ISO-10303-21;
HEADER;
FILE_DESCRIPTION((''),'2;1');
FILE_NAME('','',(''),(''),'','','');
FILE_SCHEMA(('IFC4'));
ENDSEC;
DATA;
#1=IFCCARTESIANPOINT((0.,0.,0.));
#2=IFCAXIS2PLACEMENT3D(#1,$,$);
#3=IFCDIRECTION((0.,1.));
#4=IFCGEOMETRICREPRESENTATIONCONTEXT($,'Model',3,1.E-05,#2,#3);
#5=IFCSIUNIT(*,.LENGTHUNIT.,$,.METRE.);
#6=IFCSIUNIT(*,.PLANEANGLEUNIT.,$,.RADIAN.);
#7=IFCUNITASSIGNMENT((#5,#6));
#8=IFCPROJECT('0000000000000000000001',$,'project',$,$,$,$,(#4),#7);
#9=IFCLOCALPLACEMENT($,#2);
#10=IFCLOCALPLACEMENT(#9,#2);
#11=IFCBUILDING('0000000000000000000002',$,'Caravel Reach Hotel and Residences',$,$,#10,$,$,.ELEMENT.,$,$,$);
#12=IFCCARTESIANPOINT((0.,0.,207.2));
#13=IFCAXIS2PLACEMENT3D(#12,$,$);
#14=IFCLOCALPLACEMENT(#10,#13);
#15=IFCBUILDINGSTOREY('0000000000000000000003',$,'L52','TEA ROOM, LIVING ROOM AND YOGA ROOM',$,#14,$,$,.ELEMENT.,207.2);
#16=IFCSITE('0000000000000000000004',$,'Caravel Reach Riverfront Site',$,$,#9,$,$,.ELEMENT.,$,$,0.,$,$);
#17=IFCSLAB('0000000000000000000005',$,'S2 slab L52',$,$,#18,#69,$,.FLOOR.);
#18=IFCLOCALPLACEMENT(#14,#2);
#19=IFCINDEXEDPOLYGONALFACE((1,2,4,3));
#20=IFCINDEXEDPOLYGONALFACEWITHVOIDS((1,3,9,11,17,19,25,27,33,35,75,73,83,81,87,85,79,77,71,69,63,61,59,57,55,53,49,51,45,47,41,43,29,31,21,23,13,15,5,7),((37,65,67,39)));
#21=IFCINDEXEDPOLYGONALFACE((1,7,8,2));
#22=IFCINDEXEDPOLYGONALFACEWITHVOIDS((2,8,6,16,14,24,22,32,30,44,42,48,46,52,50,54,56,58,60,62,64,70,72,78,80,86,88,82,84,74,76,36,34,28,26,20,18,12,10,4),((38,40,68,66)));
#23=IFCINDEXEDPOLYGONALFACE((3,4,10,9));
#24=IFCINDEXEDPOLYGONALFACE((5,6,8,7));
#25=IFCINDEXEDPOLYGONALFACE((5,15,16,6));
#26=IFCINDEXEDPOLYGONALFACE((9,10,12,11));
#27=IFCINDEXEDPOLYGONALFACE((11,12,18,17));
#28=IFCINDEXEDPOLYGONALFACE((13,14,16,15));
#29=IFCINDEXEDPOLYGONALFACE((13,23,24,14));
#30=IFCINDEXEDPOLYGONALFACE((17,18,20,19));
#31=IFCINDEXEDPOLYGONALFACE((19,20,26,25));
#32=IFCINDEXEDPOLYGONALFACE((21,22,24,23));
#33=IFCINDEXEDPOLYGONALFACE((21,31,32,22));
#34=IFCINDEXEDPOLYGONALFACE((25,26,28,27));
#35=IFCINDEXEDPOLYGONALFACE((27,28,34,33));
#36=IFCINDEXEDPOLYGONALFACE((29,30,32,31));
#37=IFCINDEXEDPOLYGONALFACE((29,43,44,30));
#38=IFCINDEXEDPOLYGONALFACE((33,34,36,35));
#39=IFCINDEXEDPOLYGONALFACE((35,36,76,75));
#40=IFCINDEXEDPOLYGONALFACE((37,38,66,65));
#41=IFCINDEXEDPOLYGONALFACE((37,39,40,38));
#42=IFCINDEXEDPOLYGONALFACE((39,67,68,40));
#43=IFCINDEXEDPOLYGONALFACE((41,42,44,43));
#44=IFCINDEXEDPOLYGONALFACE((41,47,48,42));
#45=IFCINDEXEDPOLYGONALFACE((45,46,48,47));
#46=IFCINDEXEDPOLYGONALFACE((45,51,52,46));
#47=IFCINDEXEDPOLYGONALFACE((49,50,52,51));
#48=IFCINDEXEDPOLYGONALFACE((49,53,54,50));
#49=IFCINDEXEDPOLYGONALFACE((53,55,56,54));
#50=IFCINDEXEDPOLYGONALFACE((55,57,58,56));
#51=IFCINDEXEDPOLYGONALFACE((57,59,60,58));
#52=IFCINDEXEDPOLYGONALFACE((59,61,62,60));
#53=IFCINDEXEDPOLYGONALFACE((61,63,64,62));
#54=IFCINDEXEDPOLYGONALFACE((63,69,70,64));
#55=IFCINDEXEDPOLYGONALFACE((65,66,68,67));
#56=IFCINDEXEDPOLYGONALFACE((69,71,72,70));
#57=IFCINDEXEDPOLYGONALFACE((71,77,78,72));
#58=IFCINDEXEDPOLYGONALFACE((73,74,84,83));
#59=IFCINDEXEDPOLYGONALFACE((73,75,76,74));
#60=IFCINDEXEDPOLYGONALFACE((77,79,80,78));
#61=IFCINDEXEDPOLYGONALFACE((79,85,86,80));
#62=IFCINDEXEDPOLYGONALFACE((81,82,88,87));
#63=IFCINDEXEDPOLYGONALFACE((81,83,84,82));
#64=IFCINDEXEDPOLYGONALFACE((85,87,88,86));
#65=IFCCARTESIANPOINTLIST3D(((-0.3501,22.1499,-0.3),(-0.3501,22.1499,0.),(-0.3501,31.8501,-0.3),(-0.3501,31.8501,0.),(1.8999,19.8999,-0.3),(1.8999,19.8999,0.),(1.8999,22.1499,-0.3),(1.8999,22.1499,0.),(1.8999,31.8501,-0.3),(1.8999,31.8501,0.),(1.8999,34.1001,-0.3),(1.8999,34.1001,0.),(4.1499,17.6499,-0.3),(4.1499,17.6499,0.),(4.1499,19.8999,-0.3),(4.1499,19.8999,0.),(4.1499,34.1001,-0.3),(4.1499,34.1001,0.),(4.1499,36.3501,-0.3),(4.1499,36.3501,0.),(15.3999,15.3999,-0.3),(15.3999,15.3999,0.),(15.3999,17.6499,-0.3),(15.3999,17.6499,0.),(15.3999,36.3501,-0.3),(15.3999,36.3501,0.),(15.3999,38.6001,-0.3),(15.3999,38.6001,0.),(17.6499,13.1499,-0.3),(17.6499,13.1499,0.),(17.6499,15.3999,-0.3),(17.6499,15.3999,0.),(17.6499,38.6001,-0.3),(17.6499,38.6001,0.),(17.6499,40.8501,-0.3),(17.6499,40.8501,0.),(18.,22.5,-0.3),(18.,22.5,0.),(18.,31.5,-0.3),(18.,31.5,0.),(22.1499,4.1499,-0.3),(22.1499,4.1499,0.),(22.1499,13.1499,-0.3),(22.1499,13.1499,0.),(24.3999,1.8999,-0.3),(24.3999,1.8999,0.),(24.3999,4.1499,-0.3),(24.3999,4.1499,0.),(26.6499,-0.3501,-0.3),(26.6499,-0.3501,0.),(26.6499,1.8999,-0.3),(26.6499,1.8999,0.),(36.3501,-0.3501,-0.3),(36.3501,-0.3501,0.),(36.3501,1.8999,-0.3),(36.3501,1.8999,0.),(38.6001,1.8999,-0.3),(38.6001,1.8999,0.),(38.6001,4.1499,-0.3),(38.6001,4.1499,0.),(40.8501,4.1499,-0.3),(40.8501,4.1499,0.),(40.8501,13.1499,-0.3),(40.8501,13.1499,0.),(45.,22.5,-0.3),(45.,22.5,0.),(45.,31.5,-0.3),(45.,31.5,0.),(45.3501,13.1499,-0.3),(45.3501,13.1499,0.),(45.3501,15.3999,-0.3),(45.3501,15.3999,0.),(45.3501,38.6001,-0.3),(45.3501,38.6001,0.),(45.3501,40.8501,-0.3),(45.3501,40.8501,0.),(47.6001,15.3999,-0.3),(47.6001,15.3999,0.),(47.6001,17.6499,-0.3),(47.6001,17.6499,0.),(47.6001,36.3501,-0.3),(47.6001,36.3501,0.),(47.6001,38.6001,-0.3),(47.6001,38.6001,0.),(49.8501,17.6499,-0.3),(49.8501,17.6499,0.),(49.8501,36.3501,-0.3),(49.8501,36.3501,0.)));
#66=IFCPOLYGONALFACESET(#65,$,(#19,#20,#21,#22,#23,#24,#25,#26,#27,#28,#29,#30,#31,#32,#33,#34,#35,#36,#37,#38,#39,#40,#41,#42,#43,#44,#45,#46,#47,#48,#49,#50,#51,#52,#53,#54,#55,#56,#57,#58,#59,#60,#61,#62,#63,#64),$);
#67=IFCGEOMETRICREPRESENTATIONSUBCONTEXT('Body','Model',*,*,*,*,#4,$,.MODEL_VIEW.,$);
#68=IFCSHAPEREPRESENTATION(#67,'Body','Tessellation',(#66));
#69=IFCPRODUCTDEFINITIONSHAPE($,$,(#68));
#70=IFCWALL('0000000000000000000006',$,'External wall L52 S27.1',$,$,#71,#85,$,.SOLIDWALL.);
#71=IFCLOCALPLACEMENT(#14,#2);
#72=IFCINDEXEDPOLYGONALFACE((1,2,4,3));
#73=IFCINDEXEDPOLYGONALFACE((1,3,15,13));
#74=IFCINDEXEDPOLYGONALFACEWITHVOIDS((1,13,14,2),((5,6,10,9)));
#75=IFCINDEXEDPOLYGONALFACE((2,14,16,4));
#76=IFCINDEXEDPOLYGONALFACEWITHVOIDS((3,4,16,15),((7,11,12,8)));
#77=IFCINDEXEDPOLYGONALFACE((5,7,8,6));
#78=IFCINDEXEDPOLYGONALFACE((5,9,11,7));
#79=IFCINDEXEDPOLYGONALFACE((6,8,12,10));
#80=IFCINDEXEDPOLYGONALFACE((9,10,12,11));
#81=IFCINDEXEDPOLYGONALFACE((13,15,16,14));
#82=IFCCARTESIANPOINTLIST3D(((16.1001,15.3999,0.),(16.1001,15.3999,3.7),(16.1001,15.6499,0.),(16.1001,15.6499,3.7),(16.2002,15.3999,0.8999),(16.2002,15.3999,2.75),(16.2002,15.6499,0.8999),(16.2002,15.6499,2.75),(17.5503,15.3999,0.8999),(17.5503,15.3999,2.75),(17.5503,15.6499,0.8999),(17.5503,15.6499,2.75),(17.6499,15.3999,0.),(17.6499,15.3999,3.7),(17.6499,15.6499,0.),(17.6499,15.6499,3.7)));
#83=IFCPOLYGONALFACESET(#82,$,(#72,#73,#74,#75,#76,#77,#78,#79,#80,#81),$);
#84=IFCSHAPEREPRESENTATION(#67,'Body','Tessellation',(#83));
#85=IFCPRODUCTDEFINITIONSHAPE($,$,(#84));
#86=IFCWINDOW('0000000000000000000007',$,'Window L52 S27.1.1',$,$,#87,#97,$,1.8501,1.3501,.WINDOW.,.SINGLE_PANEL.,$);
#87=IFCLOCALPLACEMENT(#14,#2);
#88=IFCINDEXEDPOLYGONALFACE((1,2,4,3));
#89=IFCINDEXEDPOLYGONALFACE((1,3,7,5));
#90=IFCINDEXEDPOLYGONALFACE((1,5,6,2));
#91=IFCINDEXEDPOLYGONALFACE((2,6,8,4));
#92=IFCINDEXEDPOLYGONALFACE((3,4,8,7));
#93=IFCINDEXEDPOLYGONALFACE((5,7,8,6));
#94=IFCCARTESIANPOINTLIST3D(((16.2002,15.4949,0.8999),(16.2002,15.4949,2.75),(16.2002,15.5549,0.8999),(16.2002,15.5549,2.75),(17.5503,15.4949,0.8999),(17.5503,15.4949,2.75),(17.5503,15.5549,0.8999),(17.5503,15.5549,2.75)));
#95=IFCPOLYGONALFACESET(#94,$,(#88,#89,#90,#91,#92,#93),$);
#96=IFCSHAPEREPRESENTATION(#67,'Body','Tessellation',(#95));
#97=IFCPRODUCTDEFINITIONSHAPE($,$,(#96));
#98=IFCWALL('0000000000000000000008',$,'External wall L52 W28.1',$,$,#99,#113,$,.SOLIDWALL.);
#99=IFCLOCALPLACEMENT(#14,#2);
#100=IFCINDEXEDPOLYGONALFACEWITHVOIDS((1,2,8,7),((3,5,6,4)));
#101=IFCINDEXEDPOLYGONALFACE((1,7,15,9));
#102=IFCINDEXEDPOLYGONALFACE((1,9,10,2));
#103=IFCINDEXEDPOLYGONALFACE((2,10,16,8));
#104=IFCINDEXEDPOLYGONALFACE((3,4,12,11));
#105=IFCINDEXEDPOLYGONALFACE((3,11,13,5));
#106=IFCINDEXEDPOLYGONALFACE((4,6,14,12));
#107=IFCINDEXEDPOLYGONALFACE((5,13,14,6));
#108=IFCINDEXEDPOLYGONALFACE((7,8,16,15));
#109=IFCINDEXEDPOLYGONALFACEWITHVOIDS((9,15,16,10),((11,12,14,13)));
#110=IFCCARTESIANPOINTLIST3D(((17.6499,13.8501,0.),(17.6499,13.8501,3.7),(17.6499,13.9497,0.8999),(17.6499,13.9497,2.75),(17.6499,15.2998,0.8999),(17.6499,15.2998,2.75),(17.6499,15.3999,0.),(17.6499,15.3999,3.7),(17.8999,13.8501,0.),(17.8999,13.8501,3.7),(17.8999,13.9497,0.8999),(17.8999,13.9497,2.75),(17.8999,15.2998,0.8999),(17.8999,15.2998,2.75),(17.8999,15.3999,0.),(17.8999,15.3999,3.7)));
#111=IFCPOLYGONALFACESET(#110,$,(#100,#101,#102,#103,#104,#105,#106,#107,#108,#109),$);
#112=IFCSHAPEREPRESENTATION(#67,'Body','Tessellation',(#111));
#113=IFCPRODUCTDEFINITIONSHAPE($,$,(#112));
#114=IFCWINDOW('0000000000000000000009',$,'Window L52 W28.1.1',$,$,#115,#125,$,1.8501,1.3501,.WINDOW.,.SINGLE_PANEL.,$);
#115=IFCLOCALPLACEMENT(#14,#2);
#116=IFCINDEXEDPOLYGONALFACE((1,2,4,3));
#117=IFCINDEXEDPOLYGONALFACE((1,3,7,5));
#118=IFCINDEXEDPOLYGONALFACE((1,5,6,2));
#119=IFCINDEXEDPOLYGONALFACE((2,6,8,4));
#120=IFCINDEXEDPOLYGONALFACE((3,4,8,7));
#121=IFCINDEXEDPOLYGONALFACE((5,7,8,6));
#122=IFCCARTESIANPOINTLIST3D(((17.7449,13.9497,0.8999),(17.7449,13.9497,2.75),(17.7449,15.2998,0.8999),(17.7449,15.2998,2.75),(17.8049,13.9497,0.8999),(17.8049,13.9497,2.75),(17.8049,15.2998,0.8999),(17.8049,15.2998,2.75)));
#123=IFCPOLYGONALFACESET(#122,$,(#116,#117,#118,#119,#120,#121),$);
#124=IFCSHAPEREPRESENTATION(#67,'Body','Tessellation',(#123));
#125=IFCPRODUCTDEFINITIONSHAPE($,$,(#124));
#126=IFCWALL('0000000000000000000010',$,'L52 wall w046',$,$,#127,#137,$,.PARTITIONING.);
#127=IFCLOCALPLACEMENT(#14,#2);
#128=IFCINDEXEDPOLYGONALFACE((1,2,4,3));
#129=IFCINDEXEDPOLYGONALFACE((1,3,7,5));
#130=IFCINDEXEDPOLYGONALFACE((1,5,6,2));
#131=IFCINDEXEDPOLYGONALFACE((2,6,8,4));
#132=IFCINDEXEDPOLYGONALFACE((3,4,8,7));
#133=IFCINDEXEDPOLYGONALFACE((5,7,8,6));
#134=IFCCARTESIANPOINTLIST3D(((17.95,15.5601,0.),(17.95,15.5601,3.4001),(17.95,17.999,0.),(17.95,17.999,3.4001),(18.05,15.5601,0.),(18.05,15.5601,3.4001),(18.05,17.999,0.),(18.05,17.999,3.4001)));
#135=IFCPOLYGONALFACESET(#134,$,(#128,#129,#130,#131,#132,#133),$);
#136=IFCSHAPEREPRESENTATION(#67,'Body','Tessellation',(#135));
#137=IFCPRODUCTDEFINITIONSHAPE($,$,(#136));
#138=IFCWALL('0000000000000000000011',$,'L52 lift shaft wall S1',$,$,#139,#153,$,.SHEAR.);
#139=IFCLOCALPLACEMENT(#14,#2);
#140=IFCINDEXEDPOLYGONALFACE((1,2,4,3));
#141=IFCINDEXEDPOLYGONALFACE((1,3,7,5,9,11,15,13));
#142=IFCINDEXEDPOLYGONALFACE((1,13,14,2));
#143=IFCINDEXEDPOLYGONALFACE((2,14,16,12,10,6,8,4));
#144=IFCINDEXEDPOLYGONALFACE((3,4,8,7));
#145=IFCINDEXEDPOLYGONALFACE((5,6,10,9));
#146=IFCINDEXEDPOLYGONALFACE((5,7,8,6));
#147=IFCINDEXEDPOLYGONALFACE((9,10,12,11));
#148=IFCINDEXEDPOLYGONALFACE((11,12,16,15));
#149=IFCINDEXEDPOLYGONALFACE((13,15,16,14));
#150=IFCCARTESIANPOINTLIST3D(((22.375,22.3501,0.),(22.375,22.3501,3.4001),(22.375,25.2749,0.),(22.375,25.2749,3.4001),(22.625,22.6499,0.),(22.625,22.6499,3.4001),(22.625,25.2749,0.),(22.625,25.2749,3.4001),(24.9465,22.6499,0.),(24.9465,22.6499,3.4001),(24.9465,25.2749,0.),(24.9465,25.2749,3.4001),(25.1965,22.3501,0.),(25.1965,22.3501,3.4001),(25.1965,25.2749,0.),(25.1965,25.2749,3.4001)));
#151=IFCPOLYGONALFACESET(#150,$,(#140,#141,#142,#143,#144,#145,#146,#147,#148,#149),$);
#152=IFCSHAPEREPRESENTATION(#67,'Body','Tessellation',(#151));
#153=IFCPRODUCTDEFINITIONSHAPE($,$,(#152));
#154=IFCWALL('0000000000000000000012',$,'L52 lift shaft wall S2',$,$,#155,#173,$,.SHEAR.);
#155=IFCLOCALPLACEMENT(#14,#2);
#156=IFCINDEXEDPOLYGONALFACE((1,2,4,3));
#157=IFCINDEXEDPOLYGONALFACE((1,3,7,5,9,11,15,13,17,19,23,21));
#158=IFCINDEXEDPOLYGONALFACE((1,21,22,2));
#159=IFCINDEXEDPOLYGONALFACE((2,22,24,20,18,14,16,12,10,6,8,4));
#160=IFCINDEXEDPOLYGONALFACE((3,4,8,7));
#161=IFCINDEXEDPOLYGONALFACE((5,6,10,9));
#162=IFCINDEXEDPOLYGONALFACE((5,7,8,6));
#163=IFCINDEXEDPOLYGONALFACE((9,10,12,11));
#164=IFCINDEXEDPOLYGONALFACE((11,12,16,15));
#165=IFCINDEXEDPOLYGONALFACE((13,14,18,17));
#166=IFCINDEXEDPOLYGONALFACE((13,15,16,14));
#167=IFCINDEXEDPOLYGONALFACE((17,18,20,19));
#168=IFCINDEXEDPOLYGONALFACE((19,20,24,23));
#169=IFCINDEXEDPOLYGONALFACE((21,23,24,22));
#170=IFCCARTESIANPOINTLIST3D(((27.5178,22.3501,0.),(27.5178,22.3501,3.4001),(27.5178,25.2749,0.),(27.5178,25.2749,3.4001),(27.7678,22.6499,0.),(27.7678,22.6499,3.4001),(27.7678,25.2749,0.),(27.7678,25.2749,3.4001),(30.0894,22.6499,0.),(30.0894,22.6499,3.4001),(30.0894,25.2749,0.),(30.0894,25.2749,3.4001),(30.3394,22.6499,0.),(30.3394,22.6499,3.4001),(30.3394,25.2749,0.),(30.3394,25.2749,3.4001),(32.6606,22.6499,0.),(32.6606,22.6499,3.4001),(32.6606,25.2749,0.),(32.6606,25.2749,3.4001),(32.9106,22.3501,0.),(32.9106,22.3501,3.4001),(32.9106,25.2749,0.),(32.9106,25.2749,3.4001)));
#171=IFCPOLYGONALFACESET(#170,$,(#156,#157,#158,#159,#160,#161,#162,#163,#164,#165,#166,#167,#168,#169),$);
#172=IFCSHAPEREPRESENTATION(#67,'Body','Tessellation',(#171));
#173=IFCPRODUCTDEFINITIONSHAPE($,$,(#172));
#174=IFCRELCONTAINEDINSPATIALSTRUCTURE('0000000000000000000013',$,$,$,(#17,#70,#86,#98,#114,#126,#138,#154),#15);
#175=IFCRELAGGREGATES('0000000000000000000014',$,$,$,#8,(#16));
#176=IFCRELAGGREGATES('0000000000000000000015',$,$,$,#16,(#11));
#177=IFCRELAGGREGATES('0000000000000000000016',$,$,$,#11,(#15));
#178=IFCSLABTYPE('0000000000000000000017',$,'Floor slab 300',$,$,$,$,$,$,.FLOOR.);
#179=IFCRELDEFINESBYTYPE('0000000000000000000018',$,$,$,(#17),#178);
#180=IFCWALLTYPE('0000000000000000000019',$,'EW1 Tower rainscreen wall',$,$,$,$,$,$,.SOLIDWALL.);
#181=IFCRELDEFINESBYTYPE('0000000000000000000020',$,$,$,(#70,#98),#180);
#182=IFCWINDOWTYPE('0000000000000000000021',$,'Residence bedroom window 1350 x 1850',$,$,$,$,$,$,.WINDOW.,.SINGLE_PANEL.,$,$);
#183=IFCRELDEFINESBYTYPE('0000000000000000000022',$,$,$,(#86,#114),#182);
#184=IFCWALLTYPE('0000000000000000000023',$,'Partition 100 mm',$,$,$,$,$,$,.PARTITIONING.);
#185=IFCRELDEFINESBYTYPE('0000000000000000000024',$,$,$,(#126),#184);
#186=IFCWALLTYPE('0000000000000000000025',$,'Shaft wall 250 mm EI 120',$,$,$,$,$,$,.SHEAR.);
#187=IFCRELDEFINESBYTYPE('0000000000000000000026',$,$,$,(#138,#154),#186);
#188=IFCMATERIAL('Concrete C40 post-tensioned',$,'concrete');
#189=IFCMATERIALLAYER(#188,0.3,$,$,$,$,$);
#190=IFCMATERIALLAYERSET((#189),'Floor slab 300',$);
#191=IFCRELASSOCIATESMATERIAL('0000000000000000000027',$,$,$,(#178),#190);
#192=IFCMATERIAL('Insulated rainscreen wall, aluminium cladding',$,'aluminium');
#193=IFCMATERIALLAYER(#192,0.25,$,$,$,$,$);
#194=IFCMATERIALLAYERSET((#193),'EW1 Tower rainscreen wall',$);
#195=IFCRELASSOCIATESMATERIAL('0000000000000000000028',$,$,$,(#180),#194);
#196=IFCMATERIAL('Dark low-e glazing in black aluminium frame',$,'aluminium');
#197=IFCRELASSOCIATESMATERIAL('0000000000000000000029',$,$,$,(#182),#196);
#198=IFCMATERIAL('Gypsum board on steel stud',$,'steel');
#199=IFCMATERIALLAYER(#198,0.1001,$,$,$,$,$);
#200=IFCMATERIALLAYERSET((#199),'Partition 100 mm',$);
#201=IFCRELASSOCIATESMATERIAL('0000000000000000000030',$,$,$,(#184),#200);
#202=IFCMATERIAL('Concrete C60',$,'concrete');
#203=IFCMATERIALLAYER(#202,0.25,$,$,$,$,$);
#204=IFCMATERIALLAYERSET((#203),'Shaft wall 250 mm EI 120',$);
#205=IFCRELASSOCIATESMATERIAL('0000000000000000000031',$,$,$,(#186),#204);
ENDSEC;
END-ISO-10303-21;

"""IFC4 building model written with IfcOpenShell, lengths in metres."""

from ifc_helpers import new_model, si_unit, direction, frame, frame_2d, origin, place, context, subcontext, project, spatial, polyline, rectangle, outline, extrude, material, layer, layer_set, type_object, element, fill, save


model = new_model("IFC4")

# Units and contexts
model_context = context("Model", 3, precision=1e-05, world=origin(), true_north=direction((0.0, 1.0)))
body_context = subcontext(model_context, "Body", "Model", "MODEL_VIEW")
ifc_project = project(units=[si_unit("LENGTHUNIT", "METRE"), si_unit("PLANEANGLEUNIT", "RADIAN")], contexts=[model_context])

# Site, building, storey
site_placement = place(None, origin())
site = spatial("IfcSite", under=ifc_project, at=site_placement, Name="Caravel Reach Riverfront Site", CompositionType="ELEMENT", RefElevation=0.0)
building_placement = place(site_placement, origin())
building = spatial("IfcBuilding", under=site, at=building_placement, Name="Caravel Reach Hotel and Residences", CompositionType="ELEMENT")
storey_placement = place(building_placement, frame((0.0, 0.0, 207.2)))
storey = spatial("IfcBuildingStorey", under=building, at=storey_placement, Name="L52", Description="TEA ROOM, LIVING ROOM AND YOGA ROOM", CompositionType="ELEMENT", Elevation=207.2)

# Slab
ifc_material_1 = material(Name="Concrete C40 post-tensioned", Category="concrete")
ifc_layer_1 = layer(ifc_material_1, 0.3)
ifc_layer_set_1 = layer_set([ifc_layer_1], Name="Floor slab 300")
slab_type_1 = type_object("IfcSlabType", Name="Floor slab 300", PredefinedType="FLOOR", material=ifc_layer_set_1)
slab_1_placement = place(storey_placement, frame((0.0, 0.0, -0.3)))
element("IfcSlab", 1, at=slab_1_placement, inside=storey, type_object=slab_type_1, Name="S2 slab L52", PredefinedType="FLOOR", context=body_context, shape_type="SweptSolid", body=[
    extrude(outline(polyline([(38.6001, 4.1499), (38.6001, 1.8999), (36.3501, 1.8999), (36.3501, -0.3501), (26.6499, -0.3501), (26.6499, 1.8999), (24.3999, 1.8999), (24.3999, 4.1499), (22.1499, 4.1499), (22.1499, 13.1499), (17.6499, 13.1499), (17.6499, 15.3999), (15.3999, 15.3999), (15.3999, 17.6499), (4.1499, 17.6499), (4.1499, 19.8999), (1.8999, 19.8999), (1.8999, 22.1499), (-0.3501, 22.1499), (-0.3501, 31.8501), (1.8999, 31.8501), (1.8999, 34.1001), (4.1499, 34.1001), (4.1499, 36.3501), (15.3999, 36.3501), (15.3999, 38.6001), (17.6499, 38.6001), (17.6499, 40.8501), (45.3501, 40.8501), (45.3501, 38.6001), (47.6001, 38.6001), (47.6001, 36.3501), (49.8501, 36.3501), (49.8501, 17.6499), (47.6001, 17.6499), (47.6001, 15.3999), (45.3501, 15.3999), (45.3501, 13.1499), (40.8501, 13.1499), (40.8501, 4.1499), (38.6001, 4.1499)]), holes=[polyline([(45.0, 31.5), (18.0, 31.5), (18.0, 22.5), (45.0, 22.5), (45.0, 31.5)])]), origin(), (0.0, 0.0, 1.0), 0.3),
])

# Walls, openings, windows
ifc_material_2 = material(Name="Insulated rainscreen wall, aluminium cladding", Category="aluminium")
ifc_layer_2 = layer(ifc_material_2, 0.25)
ifc_layer_set_2 = layer_set([ifc_layer_2], Name="EW1 Tower rainscreen wall")
wall_type_1 = type_object("IfcWallType", Name="EW1 Tower rainscreen wall", PredefinedType="SOLIDWALL", material=ifc_layer_set_2)
wall_1_placement = place(storey_placement, frame((16.1001, 15.5249, 0.0), z_axis=(0.0, 0.0, 1.0), x_axis=(1.0, 0.0, 0.0)))
wall_1 = element("IfcWall", 2, at=wall_1_placement, inside=storey, type_object=wall_type_1, Name="External wall L52 S27.1", PredefinedType="SOLIDWALL", context=body_context, shape_type="SweptSolid", body=[
    extrude(rectangle(XDim=1.5498, YDim=0.25, at=frame_2d((0.7749, 0.0))), origin(), (0.0, 0.0, 1.0), 3.7),
])
opening_1_placement = place(wall_1_placement, frame((0.1001, 0.0, 0.8999)))
opening_1 = element("IfcOpeningElement", 3, at=opening_1_placement, cuts=wall_1, PredefinedType="OPENING", context=body_context, shape_type="SweptSolid", body=[
    extrude(rectangle(XDim=1.3501, YDim=1.8501, at=frame_2d((0.675, 0.925))), frame((0.0, 0.135, 0.0), z_axis=(0.0, -1.0, 0.0), x_axis=(1.0, 0.0, 0.0)), (0.0, 0.0, 1.0), 0.27),
])
ifc_material_3 = material(Name="Dark low-e glazing in black aluminium frame", Category="aluminium")
window_type = type_object("IfcWindowType", Name="Residence bedroom window 1350 x 1850", PartitioningType="SINGLE_PANEL", PredefinedType="WINDOW", material=ifc_material_3)
window_1_placement = place(opening_1_placement, origin())
window_1 = element("IfcWindow", 4, at=window_1_placement, inside=storey, type_object=window_type, Name="Window L52 S27.1.1", OverallHeight=1.8501, OverallWidth=1.3501, PartitioningType="SINGLE_PANEL", PredefinedType="WINDOW", context=body_context, shape_type="SweptSolid", body=[
    extrude(rectangle(XDim=1.3501, YDim=1.8501, at=frame_2d((0.675, 0.925))), frame((0.0, 0.03, 0.0), z_axis=(0.0, -1.0, 0.0), x_axis=(1.0, 0.0, 0.0)), (0.0, 0.0, 1.0), 0.0601),
])
fill(opening_1, window_1)
wall_2_placement = place(storey_placement, frame((17.7749, 15.3999, 0.0), z_axis=(0.0, 0.0, 1.0), x_axis=(0.0, -1.0, 0.0)))
wall_2 = element("IfcWall", 5, at=wall_2_placement, inside=storey, type_object=wall_type_1, Name="External wall L52 W28.1", PredefinedType="SOLIDWALL", context=body_context, shape_type="SweptSolid", body=[
    extrude(rectangle(XDim=1.5498, YDim=0.25, at=frame_2d((0.7749, 0.0))), origin(), (0.0, 0.0, 1.0), 3.7),
])
opening_2_placement = place(wall_2_placement, frame((0.1001, 0.0, 0.8999)))
opening_2 = element("IfcOpeningElement", 6, at=opening_2_placement, cuts=wall_2, PredefinedType="OPENING", context=body_context, shape_type="SweptSolid", body=[
    extrude(rectangle(XDim=1.3501, YDim=1.8501, at=frame_2d((0.675, 0.925))), frame((0.0, 0.135, 0.0), z_axis=(0.0, -1.0, 0.0), x_axis=(1.0, 0.0, 0.0)), (0.0, 0.0, 1.0), 0.27),
])
window_2_placement = place(opening_2_placement, origin())
window_2 = element("IfcWindow", 7, at=window_2_placement, inside=storey, type_object=window_type, Name="Window L52 W28.1.1", OverallHeight=1.8501, OverallWidth=1.3501, PartitioningType="SINGLE_PANEL", PredefinedType="WINDOW", context=body_context, shape_type="SweptSolid", body=[
    extrude(rectangle(XDim=1.3501, YDim=1.8501, at=frame_2d((0.675, 0.925))), frame((0.0, 0.03, 0.0), z_axis=(0.0, -1.0, 0.0), x_axis=(1.0, 0.0, 0.0)), (0.0, 0.0, 1.0), 0.0601),
])
fill(opening_2, window_2)

# Walls
ifc_material_4 = material(Name="Gypsum board on steel stud", Category="steel")
ifc_layer_3 = layer(ifc_material_4, 0.1001)
ifc_layer_set_3 = layer_set([ifc_layer_3], Name="Partition 100 mm")
wall_type_2 = type_object("IfcWallType", Name="Partition 100 mm", PredefinedType="PARTITIONING", material=ifc_layer_set_3)
wall_3_placement = place(storey_placement, frame((18.0, 15.5601, 0.0), z_axis=(0.0, 0.0, 1.0), x_axis=(0.0, 1.0, 0.0)))
element("IfcWall", 8, at=wall_3_placement, inside=storey, type_object=wall_type_2, Name="L52 wall w046", PredefinedType="PARTITIONING", context=body_context, shape_type="SweptSolid", body=[
    extrude(rectangle(XDim=2.439, YDim=0.1001, at=frame_2d((1.2195, 0.0))), origin(), (0.0, 0.0, 1.0), 3.4001),
])
ifc_material_5 = material(Name="Concrete C60", Category="concrete")
ifc_layer_4 = layer(ifc_material_5, 0.25)
ifc_layer_set_4 = layer_set([ifc_layer_4], Name="Shaft wall 250 mm EI 120")
wall_type_3 = type_object("IfcWallType", Name="Shaft wall 250 mm EI 120", PredefinedType="SHEAR", material=ifc_layer_set_4)
wall_4_placement = place(storey_placement, origin())
element("IfcWall", 9, at=wall_4_placement, inside=storey, type_object=wall_type_3, Name="L52 lift shaft wall S1", PredefinedType="SHEAR", context=body_context, shape_type="SweptSolid", body=[
    extrude(outline(polyline([(22.375, 22.3501), (25.1965, 22.3501), (25.1965, 25.2749), (24.9465, 25.2749), (24.9465, 22.6499), (22.625, 22.6499), (22.625, 25.2749), (22.375, 25.2749), (22.375, 22.3501)])), origin(), (0.0, 0.0, 1.0), 3.4001),
])
wall_5_placement = place(storey_placement, origin())
element("IfcWall", 10, at=wall_5_placement, inside=storey, type_object=wall_type_3, Name="L52 lift shaft wall S2", PredefinedType="SHEAR", context=body_context, shape_type="SweptSolid", body=[
    extrude(outline(polyline([(27.5178, 22.3501), (32.9106, 22.3501), (32.9106, 25.2749), (32.6606, 25.2749), (32.6606, 22.6499), (30.3394, 22.6499), (30.3394, 25.2749), (30.0894, 25.2749), (30.0894, 22.6499), (27.7678, 22.6499), (27.7678, 25.2749), (27.5178, 25.2749), (27.5178, 22.3501)])), origin(), (0.0, 0.0, 1.0), 3.4001),
])

save(model, "model.ifc")
